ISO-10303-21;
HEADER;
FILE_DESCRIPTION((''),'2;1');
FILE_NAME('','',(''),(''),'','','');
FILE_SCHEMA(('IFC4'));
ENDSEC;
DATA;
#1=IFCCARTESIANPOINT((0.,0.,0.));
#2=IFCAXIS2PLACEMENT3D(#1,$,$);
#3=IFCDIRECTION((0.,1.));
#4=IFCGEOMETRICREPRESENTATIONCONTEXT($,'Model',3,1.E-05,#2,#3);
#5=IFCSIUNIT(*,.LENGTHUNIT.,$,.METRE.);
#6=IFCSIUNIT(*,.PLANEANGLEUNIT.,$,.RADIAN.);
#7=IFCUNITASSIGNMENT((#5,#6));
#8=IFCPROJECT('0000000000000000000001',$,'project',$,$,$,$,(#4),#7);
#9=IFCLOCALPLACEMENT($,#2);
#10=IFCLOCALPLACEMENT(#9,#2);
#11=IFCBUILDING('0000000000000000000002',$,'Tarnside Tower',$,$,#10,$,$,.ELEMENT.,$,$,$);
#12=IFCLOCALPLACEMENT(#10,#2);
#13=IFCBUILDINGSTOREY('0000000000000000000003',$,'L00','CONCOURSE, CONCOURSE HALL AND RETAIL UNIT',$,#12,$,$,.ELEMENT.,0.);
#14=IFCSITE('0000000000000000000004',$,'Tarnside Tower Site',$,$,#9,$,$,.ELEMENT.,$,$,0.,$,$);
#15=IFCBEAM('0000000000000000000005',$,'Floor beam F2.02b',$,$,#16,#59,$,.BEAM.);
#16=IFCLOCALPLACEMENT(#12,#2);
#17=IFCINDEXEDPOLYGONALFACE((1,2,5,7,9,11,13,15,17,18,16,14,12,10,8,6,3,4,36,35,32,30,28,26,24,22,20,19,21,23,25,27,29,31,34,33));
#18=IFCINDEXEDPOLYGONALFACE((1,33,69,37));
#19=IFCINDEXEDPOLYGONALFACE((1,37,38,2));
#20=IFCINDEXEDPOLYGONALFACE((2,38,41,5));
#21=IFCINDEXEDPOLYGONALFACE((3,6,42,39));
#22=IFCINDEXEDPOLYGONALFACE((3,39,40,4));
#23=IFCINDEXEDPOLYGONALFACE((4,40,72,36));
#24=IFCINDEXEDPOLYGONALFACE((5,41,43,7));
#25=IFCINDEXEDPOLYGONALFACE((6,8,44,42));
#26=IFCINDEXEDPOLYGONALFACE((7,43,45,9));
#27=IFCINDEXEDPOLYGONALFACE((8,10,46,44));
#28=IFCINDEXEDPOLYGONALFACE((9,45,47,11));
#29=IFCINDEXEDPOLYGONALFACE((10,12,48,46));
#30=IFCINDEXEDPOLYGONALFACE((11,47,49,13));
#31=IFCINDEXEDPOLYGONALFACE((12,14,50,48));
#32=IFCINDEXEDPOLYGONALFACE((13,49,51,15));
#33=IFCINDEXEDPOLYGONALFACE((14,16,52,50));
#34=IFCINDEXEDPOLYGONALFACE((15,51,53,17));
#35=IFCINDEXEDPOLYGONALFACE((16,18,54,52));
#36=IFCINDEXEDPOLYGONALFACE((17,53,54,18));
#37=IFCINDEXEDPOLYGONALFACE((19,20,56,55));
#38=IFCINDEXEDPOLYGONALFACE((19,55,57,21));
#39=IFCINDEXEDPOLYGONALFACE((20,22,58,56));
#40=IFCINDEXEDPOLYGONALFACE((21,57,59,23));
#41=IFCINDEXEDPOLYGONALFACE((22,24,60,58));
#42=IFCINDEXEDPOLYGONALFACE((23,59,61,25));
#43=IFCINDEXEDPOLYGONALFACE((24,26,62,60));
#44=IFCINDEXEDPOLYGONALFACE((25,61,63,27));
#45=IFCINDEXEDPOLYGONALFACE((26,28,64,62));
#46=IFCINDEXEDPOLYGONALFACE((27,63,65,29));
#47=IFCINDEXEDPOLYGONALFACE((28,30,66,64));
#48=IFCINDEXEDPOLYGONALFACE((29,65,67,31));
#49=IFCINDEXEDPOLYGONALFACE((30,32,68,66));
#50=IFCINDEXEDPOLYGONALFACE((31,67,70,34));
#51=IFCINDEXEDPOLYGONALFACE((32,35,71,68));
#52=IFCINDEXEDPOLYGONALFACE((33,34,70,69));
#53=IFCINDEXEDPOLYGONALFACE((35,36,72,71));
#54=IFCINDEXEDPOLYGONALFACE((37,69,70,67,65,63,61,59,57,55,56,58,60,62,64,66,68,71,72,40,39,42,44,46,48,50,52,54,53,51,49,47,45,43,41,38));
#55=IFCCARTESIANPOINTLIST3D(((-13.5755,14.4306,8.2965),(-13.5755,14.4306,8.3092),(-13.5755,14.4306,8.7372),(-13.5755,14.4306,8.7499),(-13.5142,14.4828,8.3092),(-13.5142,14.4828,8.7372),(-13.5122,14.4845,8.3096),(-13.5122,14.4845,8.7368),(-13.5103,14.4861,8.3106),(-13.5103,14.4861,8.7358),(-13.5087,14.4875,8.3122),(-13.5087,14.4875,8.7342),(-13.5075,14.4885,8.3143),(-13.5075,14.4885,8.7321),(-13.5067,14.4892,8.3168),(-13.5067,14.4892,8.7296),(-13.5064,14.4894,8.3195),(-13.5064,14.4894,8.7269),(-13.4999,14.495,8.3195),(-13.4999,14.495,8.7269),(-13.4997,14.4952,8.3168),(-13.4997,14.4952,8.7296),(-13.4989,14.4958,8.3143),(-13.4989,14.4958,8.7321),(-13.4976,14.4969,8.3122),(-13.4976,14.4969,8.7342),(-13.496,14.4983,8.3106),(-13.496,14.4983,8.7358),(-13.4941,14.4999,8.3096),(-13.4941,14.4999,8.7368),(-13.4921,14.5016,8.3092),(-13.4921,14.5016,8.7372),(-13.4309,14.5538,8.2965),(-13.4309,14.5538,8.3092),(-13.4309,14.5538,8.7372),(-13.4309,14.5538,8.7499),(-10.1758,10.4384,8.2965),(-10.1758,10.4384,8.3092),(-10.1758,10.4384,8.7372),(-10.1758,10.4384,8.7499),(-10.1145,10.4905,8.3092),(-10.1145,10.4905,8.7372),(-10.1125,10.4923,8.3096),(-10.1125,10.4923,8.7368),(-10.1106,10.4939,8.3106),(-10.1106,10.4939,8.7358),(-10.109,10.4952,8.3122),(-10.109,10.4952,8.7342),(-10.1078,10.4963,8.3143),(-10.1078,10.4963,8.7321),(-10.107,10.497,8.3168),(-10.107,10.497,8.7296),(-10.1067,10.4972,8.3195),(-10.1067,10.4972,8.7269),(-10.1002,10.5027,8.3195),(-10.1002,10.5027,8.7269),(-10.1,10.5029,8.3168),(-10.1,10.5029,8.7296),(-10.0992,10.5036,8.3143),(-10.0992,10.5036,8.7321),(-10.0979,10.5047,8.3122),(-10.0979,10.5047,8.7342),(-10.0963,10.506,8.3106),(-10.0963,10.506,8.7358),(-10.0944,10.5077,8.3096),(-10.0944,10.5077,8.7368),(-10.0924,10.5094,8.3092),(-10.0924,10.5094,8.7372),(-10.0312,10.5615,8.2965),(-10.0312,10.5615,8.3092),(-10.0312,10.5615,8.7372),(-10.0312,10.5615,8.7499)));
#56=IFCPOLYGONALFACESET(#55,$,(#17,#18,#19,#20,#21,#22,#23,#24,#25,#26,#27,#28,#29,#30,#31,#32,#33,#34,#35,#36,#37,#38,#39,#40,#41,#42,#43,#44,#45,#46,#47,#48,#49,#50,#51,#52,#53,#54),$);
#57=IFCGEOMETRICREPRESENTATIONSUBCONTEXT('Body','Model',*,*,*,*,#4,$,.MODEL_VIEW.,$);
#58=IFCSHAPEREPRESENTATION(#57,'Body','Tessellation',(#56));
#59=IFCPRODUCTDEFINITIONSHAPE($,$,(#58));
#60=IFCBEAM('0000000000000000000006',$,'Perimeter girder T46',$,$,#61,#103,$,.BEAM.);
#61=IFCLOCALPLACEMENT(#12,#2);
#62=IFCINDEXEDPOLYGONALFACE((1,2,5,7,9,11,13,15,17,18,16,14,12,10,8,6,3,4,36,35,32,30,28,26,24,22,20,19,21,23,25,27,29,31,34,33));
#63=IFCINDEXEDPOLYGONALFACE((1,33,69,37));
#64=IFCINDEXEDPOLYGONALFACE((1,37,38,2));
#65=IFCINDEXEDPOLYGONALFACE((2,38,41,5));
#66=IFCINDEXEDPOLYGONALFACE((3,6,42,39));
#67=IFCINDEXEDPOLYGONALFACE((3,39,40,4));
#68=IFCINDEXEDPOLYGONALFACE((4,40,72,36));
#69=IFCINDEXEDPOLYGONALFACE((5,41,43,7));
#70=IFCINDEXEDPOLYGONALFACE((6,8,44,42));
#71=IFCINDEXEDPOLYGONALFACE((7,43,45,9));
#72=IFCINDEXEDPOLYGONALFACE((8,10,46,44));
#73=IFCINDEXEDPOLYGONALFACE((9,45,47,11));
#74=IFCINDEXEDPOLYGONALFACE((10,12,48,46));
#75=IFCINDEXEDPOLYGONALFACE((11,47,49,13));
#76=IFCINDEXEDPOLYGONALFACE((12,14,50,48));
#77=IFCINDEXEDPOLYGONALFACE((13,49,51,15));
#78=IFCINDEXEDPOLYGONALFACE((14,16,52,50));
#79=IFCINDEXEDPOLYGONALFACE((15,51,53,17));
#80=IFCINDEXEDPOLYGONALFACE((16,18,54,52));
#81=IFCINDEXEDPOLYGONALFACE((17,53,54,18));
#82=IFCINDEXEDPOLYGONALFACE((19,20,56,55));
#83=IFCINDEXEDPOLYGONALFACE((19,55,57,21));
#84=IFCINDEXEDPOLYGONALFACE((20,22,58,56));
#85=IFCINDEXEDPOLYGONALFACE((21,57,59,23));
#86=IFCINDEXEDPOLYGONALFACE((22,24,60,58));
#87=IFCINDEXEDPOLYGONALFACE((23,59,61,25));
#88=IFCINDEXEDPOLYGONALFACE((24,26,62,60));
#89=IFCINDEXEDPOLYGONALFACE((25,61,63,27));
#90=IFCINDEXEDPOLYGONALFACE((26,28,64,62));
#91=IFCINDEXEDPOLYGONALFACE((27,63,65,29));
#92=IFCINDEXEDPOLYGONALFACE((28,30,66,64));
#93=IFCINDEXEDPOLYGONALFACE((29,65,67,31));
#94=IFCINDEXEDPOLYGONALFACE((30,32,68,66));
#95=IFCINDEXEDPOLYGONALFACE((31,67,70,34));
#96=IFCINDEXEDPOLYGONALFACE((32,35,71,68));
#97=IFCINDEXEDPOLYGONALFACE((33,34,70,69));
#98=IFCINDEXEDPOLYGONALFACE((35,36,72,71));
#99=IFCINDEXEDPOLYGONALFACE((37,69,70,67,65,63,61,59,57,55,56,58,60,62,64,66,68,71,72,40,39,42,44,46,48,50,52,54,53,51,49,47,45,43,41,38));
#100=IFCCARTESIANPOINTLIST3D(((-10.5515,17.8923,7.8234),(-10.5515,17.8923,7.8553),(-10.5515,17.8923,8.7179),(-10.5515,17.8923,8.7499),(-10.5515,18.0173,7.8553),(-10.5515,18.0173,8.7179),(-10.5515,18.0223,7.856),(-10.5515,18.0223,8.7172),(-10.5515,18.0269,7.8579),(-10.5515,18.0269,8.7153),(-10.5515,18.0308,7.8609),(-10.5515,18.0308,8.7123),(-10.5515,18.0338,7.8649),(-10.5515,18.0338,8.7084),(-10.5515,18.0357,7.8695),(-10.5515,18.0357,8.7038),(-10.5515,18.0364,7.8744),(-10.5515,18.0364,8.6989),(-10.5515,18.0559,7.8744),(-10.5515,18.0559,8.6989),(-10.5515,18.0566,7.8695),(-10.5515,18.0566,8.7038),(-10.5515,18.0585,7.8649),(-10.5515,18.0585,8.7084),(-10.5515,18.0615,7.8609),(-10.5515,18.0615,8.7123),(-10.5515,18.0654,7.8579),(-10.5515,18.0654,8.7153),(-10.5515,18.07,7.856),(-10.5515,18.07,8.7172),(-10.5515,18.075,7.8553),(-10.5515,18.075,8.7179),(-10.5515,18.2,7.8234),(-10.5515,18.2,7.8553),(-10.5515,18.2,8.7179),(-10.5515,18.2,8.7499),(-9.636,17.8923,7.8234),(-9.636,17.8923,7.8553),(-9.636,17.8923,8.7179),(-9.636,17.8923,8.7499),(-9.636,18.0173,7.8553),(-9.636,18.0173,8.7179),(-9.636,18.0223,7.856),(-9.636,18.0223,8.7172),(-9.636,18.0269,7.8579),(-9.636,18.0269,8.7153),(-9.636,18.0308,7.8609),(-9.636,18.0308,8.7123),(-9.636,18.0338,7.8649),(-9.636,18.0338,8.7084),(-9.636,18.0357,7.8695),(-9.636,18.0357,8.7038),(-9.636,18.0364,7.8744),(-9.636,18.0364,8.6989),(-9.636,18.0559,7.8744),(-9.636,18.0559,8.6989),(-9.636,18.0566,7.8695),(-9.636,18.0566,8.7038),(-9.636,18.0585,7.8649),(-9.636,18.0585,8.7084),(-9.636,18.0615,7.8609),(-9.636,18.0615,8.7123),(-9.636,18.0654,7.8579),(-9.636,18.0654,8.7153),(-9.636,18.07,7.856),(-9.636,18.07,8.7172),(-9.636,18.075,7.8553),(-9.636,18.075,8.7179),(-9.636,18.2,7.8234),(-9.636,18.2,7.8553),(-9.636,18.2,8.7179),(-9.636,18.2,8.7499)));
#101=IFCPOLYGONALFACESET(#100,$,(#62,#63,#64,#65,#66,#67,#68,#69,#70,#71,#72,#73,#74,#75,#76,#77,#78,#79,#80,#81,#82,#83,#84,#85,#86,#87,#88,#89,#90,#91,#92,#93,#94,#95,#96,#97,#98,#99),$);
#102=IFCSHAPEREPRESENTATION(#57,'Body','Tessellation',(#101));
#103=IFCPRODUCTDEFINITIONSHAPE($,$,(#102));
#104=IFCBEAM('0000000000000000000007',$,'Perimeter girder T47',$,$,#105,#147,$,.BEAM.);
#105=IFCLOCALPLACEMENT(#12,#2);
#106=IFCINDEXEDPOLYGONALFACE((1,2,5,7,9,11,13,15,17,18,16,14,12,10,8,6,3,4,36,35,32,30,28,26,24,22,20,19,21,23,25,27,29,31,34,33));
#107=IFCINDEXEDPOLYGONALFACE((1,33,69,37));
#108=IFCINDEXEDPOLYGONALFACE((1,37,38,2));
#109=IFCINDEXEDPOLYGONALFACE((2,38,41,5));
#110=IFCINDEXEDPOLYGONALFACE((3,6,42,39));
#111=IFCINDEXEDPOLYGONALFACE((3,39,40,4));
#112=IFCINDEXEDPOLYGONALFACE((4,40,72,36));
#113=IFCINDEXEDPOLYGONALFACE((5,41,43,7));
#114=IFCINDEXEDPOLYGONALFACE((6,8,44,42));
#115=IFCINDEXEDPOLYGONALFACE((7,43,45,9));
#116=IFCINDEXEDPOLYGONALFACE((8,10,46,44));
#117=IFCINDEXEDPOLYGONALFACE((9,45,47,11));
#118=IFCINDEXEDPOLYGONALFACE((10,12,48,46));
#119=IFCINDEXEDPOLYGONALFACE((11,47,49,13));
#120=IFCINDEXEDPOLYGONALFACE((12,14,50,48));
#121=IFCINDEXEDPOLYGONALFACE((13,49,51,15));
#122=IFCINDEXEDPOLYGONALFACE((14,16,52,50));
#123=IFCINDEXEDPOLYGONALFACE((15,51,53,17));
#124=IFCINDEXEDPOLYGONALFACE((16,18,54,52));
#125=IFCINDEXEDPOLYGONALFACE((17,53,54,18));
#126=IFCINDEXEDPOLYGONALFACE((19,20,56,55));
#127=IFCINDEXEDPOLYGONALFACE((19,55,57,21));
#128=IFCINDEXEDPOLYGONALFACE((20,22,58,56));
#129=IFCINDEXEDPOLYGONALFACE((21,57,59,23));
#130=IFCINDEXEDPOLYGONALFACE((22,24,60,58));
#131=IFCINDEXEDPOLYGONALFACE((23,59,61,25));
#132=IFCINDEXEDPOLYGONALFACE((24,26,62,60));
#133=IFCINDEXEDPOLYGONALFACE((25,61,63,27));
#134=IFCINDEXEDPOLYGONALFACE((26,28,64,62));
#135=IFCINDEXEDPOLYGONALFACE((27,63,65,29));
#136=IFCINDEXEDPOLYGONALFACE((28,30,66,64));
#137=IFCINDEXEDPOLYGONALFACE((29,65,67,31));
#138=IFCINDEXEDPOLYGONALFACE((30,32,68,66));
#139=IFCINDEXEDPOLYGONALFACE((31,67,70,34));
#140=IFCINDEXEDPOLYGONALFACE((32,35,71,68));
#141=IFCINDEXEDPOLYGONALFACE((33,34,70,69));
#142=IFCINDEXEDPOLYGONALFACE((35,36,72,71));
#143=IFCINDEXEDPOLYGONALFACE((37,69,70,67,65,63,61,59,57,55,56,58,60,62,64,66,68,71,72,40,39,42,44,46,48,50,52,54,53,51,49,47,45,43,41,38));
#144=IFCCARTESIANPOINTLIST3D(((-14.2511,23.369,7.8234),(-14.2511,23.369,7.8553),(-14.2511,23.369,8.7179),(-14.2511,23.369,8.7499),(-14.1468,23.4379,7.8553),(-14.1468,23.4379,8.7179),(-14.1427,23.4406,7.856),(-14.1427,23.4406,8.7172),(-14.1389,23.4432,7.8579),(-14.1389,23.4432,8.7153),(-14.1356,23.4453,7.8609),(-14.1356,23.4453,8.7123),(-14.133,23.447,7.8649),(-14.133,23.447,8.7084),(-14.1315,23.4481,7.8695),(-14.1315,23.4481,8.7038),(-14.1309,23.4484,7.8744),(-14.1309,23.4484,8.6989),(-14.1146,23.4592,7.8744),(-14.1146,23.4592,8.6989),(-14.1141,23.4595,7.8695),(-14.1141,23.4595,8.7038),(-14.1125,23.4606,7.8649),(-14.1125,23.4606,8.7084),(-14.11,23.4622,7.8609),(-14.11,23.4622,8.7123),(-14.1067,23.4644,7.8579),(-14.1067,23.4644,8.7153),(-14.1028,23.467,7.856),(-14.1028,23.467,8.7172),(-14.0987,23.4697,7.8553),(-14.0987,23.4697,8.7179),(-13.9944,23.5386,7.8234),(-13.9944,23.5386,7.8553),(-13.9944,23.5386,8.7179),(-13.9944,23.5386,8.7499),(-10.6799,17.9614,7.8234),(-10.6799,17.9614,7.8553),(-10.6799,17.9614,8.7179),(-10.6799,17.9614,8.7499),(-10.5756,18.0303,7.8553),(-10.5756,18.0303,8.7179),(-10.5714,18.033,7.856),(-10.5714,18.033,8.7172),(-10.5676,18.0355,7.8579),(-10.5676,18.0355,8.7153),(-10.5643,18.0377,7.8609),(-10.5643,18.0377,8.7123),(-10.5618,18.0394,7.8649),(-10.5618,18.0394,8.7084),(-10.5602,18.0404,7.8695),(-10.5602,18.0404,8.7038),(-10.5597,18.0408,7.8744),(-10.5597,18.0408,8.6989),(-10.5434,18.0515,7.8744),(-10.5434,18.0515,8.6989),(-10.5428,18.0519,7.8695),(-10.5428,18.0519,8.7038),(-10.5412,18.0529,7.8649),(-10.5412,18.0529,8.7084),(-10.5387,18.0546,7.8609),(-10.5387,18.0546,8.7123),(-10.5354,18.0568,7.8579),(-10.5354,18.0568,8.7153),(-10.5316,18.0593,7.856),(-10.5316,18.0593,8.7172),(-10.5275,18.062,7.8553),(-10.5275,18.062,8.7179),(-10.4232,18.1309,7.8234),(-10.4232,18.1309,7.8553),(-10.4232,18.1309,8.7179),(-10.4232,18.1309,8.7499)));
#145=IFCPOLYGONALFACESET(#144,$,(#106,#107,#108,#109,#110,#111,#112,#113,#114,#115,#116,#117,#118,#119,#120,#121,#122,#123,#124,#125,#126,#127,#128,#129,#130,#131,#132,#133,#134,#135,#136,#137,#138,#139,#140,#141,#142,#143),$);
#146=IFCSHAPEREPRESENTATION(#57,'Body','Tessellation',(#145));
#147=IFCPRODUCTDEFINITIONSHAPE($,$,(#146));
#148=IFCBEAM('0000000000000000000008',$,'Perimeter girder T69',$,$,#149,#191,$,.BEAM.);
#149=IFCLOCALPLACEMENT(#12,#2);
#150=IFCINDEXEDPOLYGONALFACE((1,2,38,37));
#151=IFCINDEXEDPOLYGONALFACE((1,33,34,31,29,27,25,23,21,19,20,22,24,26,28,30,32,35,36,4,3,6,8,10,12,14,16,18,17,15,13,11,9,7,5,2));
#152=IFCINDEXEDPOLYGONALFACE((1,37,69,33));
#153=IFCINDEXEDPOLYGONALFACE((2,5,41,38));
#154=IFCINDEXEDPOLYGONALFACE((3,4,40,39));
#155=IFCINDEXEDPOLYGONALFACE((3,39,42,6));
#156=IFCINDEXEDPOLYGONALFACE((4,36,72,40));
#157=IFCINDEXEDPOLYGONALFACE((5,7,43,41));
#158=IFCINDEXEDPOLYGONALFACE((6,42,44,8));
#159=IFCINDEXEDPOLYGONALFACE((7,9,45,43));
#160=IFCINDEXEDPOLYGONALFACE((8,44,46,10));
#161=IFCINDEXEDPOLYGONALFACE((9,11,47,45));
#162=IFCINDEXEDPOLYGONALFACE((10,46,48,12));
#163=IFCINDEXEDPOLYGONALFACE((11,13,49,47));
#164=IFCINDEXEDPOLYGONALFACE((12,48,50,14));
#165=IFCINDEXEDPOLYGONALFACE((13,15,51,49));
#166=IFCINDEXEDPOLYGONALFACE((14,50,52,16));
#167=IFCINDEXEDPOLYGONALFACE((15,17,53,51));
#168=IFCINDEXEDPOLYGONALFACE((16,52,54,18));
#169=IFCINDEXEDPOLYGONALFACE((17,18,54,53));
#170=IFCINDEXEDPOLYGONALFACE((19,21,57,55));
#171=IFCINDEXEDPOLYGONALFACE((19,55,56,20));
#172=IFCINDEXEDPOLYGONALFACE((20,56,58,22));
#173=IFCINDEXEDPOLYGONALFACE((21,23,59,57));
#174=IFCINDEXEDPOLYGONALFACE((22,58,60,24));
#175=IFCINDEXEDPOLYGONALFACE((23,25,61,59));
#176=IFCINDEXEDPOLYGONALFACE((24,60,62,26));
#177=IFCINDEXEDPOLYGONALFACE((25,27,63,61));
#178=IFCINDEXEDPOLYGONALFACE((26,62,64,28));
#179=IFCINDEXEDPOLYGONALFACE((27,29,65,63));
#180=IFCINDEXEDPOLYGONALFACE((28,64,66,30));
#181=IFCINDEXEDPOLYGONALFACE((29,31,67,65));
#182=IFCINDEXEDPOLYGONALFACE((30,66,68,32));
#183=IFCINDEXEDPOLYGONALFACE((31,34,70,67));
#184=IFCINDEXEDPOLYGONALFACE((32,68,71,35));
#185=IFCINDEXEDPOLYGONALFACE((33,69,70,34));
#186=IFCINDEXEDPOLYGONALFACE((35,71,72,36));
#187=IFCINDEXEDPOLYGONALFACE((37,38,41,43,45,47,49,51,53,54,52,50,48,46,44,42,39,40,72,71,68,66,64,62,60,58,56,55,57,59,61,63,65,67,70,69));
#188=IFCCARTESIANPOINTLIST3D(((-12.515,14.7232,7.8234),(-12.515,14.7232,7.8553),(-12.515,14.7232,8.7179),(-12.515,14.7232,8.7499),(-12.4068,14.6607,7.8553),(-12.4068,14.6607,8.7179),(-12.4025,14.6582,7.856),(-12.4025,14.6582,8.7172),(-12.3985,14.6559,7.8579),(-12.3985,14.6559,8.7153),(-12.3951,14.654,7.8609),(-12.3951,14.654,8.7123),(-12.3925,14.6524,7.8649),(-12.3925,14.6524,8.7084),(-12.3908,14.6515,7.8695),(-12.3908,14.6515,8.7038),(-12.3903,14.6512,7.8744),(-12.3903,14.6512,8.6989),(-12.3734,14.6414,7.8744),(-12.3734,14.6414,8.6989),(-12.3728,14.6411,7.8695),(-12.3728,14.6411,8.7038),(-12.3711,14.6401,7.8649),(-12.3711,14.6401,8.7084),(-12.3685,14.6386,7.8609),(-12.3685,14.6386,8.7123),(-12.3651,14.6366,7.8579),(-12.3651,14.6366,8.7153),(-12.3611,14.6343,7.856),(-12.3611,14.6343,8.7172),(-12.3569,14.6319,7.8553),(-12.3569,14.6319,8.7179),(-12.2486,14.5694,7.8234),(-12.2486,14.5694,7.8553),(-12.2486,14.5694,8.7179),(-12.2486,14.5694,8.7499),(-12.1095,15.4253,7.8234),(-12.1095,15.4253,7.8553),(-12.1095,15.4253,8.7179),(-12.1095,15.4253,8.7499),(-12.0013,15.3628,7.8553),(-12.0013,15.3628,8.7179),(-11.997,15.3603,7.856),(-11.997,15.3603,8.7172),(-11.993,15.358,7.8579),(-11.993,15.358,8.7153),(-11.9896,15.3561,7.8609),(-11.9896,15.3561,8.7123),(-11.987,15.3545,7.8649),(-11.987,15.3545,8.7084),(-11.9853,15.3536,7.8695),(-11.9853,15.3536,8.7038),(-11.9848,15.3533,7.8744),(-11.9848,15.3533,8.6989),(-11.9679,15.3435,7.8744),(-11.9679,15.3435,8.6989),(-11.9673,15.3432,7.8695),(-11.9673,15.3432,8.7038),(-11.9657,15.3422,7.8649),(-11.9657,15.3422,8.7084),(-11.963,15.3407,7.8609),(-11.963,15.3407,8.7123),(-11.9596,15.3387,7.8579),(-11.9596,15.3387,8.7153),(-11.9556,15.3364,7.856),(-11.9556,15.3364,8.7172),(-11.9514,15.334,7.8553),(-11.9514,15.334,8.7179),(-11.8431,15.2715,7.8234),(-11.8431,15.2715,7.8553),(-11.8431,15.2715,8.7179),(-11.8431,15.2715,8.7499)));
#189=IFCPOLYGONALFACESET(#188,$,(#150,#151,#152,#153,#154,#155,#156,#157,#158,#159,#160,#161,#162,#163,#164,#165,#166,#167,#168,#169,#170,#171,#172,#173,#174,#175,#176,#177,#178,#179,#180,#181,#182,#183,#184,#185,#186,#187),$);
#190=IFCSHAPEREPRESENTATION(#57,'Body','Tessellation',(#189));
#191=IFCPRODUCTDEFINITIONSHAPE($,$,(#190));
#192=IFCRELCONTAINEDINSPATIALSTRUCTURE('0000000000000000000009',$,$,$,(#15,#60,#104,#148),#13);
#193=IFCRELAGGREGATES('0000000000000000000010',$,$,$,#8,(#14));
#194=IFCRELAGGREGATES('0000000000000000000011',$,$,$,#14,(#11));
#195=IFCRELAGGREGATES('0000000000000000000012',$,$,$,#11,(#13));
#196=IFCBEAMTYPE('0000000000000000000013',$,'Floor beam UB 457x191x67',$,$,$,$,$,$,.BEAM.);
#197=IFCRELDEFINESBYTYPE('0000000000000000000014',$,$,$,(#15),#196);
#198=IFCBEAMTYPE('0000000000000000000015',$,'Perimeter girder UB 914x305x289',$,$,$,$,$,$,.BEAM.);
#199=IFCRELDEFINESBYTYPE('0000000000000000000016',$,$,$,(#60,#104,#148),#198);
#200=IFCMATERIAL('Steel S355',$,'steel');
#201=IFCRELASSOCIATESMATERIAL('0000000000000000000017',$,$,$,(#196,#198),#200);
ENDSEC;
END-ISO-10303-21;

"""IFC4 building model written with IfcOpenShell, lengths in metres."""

from ifc_helpers import new_model, si_unit, direction, frame, origin, origin_2d, place, context, subcontext, project, spatial, i_section, extrude, material, material_profile, profile_set, type_object, element, save


model = new_model("IFC4")

# Units and contexts
model_context = context("Model", 3, precision=1e-05, world=origin(), true_north=direction((0.0, 1.0)))
body_context = subcontext(model_context, "Body", "Model", "MODEL_VIEW")
ifc_project = project(units=[si_unit("LENGTHUNIT", "METRE"), si_unit("PLANEANGLEUNIT", "RADIAN")], contexts=[model_context])

# Site, building, storey
site_placement = place(None, origin())
site = spatial("IfcSite", under=ifc_project, at=site_placement, Name="Tarnside Tower Site", CompositionType="ELEMENT", RefElevation=0.0)
building_placement = place(site_placement, origin())
building = spatial("IfcBuilding", under=site, at=building_placement, Name="Tarnside Tower", CompositionType="ELEMENT")
storey_placement = place(building_placement, origin())
storey = spatial("IfcBuildingStorey", under=building, at=storey_placement, Name="L00", Description="CONCOURSE, CONCOURSE HALL AND RETAIL UNIT", CompositionType="ELEMENT", Elevation=0.0)

# Beams
ifc_material_1 = material(Name="Steel S355", Category="steel")
ifc_material_profile_1 = material_profile(ifc_material_1, i_section(OverallWidth=0.1899, OverallDepth=0.4534, WebThickness=0.0085, FlangeThickness=0.0127, FilletRadius=0.0103, at=origin_2d()), Name="UB 457x191x67")
ifc_profile_set_1 = profile_set([ifc_material_profile_1], Name="Steel S355")
beam_type_1 = type_object("IfcBeamType", Name="Floor beam UB 457x191x67", PredefinedType="BEAM", material=ifc_profile_set_1)
beam_1_placement = place(storey_placement, frame((-13.5032, 14.4922, 8.5232), z_axis=(0.648346, -0.761346, 0.0), x_axis=(0.761346, 0.648346, 0.0)))
element("IfcBeam", 1, at=beam_1_placement, inside=storey, type_object=beam_type_1, Name="Floor beam F2.02b", PredefinedType="BEAM", context=body_context, shape_type="SweptSolid", body=[
    extrude(i_section(OverallWidth=0.1899, OverallDepth=0.4534, WebThickness=0.0085, FlangeThickness=0.0127, FilletRadius=0.0103, at=origin_2d()), origin(), (0.0, 0.0, 1.0), 5.2437),
])
ifc_material_profile_2 = material_profile(ifc_material_1, i_section(OverallWidth=0.3076, OverallDepth=0.9265, WebThickness=0.0195, FlangeThickness=0.032, FilletRadius=0.019, at=origin_2d()), Name="UB 914x305x289")
ifc_profile_set_2 = profile_set([ifc_material_profile_2], Name="Steel S355")
beam_type_2 = type_object("IfcBeamType", Name="Perimeter girder UB 914x305x289", PredefinedType="BEAM", material=ifc_profile_set_2)
beam_2_placement = place(storey_placement, frame((-9.636, 18.0461, 8.2866), z_axis=(-1.0, 0.0, 0.0), x_axis=(0.0, -1.0, 0.0)))
element("IfcBeam", 2, at=beam_2_placement, inside=storey, type_object=beam_type_2, Name="Perimeter girder T46", PredefinedType="BEAM", context=body_context, shape_type="SweptSolid", body=[
    extrude(i_section(OverallWidth=0.3076, OverallDepth=0.9265, WebThickness=0.0195, FlangeThickness=0.032, FilletRadius=0.019, at=origin_2d()), origin(), (0.0, 0.0, 1.0), 0.9155),
])
beam_3_placement = place(storey_placement, frame((-10.5515, 18.0461, 8.2866), z_axis=(-0.551078, 0.834453, 0.0), x_axis=(-0.834453, -0.551078, 0.0)))
element("IfcBeam", 3, at=beam_3_placement, inside=storey, type_object=beam_type_2, Name="Perimeter girder T47", PredefinedType="BEAM", context=body_context, shape_type="SweptSolid", body=[
    extrude(i_section(OverallWidth=0.3076, OverallDepth=0.9265, WebThickness=0.0195, FlangeThickness=0.032, FilletRadius=0.019, at=origin_2d()), origin(), (0.0, 0.0, 1.0), 6.4805),
])
beam_4_placement = place(storey_placement, frame((-11.9763, 15.3484, 8.2866), z_axis=(-0.500122, -0.865955, 0.0), x_axis=(0.865955, -0.500122, 0.0)))
element("IfcBeam", 4, at=beam_4_placement, inside=storey, type_object=beam_type_2, Name="Perimeter girder T69", PredefinedType="BEAM", context=body_context, shape_type="SweptSolid", body=[
    extrude(i_section(OverallWidth=0.3076, OverallDepth=0.9265, WebThickness=0.0195, FlangeThickness=0.032, FilletRadius=0.019, at=origin_2d()), origin(), (0.0, 0.0, 1.0), 0.8108),
])

save(model, "model.ifc")
